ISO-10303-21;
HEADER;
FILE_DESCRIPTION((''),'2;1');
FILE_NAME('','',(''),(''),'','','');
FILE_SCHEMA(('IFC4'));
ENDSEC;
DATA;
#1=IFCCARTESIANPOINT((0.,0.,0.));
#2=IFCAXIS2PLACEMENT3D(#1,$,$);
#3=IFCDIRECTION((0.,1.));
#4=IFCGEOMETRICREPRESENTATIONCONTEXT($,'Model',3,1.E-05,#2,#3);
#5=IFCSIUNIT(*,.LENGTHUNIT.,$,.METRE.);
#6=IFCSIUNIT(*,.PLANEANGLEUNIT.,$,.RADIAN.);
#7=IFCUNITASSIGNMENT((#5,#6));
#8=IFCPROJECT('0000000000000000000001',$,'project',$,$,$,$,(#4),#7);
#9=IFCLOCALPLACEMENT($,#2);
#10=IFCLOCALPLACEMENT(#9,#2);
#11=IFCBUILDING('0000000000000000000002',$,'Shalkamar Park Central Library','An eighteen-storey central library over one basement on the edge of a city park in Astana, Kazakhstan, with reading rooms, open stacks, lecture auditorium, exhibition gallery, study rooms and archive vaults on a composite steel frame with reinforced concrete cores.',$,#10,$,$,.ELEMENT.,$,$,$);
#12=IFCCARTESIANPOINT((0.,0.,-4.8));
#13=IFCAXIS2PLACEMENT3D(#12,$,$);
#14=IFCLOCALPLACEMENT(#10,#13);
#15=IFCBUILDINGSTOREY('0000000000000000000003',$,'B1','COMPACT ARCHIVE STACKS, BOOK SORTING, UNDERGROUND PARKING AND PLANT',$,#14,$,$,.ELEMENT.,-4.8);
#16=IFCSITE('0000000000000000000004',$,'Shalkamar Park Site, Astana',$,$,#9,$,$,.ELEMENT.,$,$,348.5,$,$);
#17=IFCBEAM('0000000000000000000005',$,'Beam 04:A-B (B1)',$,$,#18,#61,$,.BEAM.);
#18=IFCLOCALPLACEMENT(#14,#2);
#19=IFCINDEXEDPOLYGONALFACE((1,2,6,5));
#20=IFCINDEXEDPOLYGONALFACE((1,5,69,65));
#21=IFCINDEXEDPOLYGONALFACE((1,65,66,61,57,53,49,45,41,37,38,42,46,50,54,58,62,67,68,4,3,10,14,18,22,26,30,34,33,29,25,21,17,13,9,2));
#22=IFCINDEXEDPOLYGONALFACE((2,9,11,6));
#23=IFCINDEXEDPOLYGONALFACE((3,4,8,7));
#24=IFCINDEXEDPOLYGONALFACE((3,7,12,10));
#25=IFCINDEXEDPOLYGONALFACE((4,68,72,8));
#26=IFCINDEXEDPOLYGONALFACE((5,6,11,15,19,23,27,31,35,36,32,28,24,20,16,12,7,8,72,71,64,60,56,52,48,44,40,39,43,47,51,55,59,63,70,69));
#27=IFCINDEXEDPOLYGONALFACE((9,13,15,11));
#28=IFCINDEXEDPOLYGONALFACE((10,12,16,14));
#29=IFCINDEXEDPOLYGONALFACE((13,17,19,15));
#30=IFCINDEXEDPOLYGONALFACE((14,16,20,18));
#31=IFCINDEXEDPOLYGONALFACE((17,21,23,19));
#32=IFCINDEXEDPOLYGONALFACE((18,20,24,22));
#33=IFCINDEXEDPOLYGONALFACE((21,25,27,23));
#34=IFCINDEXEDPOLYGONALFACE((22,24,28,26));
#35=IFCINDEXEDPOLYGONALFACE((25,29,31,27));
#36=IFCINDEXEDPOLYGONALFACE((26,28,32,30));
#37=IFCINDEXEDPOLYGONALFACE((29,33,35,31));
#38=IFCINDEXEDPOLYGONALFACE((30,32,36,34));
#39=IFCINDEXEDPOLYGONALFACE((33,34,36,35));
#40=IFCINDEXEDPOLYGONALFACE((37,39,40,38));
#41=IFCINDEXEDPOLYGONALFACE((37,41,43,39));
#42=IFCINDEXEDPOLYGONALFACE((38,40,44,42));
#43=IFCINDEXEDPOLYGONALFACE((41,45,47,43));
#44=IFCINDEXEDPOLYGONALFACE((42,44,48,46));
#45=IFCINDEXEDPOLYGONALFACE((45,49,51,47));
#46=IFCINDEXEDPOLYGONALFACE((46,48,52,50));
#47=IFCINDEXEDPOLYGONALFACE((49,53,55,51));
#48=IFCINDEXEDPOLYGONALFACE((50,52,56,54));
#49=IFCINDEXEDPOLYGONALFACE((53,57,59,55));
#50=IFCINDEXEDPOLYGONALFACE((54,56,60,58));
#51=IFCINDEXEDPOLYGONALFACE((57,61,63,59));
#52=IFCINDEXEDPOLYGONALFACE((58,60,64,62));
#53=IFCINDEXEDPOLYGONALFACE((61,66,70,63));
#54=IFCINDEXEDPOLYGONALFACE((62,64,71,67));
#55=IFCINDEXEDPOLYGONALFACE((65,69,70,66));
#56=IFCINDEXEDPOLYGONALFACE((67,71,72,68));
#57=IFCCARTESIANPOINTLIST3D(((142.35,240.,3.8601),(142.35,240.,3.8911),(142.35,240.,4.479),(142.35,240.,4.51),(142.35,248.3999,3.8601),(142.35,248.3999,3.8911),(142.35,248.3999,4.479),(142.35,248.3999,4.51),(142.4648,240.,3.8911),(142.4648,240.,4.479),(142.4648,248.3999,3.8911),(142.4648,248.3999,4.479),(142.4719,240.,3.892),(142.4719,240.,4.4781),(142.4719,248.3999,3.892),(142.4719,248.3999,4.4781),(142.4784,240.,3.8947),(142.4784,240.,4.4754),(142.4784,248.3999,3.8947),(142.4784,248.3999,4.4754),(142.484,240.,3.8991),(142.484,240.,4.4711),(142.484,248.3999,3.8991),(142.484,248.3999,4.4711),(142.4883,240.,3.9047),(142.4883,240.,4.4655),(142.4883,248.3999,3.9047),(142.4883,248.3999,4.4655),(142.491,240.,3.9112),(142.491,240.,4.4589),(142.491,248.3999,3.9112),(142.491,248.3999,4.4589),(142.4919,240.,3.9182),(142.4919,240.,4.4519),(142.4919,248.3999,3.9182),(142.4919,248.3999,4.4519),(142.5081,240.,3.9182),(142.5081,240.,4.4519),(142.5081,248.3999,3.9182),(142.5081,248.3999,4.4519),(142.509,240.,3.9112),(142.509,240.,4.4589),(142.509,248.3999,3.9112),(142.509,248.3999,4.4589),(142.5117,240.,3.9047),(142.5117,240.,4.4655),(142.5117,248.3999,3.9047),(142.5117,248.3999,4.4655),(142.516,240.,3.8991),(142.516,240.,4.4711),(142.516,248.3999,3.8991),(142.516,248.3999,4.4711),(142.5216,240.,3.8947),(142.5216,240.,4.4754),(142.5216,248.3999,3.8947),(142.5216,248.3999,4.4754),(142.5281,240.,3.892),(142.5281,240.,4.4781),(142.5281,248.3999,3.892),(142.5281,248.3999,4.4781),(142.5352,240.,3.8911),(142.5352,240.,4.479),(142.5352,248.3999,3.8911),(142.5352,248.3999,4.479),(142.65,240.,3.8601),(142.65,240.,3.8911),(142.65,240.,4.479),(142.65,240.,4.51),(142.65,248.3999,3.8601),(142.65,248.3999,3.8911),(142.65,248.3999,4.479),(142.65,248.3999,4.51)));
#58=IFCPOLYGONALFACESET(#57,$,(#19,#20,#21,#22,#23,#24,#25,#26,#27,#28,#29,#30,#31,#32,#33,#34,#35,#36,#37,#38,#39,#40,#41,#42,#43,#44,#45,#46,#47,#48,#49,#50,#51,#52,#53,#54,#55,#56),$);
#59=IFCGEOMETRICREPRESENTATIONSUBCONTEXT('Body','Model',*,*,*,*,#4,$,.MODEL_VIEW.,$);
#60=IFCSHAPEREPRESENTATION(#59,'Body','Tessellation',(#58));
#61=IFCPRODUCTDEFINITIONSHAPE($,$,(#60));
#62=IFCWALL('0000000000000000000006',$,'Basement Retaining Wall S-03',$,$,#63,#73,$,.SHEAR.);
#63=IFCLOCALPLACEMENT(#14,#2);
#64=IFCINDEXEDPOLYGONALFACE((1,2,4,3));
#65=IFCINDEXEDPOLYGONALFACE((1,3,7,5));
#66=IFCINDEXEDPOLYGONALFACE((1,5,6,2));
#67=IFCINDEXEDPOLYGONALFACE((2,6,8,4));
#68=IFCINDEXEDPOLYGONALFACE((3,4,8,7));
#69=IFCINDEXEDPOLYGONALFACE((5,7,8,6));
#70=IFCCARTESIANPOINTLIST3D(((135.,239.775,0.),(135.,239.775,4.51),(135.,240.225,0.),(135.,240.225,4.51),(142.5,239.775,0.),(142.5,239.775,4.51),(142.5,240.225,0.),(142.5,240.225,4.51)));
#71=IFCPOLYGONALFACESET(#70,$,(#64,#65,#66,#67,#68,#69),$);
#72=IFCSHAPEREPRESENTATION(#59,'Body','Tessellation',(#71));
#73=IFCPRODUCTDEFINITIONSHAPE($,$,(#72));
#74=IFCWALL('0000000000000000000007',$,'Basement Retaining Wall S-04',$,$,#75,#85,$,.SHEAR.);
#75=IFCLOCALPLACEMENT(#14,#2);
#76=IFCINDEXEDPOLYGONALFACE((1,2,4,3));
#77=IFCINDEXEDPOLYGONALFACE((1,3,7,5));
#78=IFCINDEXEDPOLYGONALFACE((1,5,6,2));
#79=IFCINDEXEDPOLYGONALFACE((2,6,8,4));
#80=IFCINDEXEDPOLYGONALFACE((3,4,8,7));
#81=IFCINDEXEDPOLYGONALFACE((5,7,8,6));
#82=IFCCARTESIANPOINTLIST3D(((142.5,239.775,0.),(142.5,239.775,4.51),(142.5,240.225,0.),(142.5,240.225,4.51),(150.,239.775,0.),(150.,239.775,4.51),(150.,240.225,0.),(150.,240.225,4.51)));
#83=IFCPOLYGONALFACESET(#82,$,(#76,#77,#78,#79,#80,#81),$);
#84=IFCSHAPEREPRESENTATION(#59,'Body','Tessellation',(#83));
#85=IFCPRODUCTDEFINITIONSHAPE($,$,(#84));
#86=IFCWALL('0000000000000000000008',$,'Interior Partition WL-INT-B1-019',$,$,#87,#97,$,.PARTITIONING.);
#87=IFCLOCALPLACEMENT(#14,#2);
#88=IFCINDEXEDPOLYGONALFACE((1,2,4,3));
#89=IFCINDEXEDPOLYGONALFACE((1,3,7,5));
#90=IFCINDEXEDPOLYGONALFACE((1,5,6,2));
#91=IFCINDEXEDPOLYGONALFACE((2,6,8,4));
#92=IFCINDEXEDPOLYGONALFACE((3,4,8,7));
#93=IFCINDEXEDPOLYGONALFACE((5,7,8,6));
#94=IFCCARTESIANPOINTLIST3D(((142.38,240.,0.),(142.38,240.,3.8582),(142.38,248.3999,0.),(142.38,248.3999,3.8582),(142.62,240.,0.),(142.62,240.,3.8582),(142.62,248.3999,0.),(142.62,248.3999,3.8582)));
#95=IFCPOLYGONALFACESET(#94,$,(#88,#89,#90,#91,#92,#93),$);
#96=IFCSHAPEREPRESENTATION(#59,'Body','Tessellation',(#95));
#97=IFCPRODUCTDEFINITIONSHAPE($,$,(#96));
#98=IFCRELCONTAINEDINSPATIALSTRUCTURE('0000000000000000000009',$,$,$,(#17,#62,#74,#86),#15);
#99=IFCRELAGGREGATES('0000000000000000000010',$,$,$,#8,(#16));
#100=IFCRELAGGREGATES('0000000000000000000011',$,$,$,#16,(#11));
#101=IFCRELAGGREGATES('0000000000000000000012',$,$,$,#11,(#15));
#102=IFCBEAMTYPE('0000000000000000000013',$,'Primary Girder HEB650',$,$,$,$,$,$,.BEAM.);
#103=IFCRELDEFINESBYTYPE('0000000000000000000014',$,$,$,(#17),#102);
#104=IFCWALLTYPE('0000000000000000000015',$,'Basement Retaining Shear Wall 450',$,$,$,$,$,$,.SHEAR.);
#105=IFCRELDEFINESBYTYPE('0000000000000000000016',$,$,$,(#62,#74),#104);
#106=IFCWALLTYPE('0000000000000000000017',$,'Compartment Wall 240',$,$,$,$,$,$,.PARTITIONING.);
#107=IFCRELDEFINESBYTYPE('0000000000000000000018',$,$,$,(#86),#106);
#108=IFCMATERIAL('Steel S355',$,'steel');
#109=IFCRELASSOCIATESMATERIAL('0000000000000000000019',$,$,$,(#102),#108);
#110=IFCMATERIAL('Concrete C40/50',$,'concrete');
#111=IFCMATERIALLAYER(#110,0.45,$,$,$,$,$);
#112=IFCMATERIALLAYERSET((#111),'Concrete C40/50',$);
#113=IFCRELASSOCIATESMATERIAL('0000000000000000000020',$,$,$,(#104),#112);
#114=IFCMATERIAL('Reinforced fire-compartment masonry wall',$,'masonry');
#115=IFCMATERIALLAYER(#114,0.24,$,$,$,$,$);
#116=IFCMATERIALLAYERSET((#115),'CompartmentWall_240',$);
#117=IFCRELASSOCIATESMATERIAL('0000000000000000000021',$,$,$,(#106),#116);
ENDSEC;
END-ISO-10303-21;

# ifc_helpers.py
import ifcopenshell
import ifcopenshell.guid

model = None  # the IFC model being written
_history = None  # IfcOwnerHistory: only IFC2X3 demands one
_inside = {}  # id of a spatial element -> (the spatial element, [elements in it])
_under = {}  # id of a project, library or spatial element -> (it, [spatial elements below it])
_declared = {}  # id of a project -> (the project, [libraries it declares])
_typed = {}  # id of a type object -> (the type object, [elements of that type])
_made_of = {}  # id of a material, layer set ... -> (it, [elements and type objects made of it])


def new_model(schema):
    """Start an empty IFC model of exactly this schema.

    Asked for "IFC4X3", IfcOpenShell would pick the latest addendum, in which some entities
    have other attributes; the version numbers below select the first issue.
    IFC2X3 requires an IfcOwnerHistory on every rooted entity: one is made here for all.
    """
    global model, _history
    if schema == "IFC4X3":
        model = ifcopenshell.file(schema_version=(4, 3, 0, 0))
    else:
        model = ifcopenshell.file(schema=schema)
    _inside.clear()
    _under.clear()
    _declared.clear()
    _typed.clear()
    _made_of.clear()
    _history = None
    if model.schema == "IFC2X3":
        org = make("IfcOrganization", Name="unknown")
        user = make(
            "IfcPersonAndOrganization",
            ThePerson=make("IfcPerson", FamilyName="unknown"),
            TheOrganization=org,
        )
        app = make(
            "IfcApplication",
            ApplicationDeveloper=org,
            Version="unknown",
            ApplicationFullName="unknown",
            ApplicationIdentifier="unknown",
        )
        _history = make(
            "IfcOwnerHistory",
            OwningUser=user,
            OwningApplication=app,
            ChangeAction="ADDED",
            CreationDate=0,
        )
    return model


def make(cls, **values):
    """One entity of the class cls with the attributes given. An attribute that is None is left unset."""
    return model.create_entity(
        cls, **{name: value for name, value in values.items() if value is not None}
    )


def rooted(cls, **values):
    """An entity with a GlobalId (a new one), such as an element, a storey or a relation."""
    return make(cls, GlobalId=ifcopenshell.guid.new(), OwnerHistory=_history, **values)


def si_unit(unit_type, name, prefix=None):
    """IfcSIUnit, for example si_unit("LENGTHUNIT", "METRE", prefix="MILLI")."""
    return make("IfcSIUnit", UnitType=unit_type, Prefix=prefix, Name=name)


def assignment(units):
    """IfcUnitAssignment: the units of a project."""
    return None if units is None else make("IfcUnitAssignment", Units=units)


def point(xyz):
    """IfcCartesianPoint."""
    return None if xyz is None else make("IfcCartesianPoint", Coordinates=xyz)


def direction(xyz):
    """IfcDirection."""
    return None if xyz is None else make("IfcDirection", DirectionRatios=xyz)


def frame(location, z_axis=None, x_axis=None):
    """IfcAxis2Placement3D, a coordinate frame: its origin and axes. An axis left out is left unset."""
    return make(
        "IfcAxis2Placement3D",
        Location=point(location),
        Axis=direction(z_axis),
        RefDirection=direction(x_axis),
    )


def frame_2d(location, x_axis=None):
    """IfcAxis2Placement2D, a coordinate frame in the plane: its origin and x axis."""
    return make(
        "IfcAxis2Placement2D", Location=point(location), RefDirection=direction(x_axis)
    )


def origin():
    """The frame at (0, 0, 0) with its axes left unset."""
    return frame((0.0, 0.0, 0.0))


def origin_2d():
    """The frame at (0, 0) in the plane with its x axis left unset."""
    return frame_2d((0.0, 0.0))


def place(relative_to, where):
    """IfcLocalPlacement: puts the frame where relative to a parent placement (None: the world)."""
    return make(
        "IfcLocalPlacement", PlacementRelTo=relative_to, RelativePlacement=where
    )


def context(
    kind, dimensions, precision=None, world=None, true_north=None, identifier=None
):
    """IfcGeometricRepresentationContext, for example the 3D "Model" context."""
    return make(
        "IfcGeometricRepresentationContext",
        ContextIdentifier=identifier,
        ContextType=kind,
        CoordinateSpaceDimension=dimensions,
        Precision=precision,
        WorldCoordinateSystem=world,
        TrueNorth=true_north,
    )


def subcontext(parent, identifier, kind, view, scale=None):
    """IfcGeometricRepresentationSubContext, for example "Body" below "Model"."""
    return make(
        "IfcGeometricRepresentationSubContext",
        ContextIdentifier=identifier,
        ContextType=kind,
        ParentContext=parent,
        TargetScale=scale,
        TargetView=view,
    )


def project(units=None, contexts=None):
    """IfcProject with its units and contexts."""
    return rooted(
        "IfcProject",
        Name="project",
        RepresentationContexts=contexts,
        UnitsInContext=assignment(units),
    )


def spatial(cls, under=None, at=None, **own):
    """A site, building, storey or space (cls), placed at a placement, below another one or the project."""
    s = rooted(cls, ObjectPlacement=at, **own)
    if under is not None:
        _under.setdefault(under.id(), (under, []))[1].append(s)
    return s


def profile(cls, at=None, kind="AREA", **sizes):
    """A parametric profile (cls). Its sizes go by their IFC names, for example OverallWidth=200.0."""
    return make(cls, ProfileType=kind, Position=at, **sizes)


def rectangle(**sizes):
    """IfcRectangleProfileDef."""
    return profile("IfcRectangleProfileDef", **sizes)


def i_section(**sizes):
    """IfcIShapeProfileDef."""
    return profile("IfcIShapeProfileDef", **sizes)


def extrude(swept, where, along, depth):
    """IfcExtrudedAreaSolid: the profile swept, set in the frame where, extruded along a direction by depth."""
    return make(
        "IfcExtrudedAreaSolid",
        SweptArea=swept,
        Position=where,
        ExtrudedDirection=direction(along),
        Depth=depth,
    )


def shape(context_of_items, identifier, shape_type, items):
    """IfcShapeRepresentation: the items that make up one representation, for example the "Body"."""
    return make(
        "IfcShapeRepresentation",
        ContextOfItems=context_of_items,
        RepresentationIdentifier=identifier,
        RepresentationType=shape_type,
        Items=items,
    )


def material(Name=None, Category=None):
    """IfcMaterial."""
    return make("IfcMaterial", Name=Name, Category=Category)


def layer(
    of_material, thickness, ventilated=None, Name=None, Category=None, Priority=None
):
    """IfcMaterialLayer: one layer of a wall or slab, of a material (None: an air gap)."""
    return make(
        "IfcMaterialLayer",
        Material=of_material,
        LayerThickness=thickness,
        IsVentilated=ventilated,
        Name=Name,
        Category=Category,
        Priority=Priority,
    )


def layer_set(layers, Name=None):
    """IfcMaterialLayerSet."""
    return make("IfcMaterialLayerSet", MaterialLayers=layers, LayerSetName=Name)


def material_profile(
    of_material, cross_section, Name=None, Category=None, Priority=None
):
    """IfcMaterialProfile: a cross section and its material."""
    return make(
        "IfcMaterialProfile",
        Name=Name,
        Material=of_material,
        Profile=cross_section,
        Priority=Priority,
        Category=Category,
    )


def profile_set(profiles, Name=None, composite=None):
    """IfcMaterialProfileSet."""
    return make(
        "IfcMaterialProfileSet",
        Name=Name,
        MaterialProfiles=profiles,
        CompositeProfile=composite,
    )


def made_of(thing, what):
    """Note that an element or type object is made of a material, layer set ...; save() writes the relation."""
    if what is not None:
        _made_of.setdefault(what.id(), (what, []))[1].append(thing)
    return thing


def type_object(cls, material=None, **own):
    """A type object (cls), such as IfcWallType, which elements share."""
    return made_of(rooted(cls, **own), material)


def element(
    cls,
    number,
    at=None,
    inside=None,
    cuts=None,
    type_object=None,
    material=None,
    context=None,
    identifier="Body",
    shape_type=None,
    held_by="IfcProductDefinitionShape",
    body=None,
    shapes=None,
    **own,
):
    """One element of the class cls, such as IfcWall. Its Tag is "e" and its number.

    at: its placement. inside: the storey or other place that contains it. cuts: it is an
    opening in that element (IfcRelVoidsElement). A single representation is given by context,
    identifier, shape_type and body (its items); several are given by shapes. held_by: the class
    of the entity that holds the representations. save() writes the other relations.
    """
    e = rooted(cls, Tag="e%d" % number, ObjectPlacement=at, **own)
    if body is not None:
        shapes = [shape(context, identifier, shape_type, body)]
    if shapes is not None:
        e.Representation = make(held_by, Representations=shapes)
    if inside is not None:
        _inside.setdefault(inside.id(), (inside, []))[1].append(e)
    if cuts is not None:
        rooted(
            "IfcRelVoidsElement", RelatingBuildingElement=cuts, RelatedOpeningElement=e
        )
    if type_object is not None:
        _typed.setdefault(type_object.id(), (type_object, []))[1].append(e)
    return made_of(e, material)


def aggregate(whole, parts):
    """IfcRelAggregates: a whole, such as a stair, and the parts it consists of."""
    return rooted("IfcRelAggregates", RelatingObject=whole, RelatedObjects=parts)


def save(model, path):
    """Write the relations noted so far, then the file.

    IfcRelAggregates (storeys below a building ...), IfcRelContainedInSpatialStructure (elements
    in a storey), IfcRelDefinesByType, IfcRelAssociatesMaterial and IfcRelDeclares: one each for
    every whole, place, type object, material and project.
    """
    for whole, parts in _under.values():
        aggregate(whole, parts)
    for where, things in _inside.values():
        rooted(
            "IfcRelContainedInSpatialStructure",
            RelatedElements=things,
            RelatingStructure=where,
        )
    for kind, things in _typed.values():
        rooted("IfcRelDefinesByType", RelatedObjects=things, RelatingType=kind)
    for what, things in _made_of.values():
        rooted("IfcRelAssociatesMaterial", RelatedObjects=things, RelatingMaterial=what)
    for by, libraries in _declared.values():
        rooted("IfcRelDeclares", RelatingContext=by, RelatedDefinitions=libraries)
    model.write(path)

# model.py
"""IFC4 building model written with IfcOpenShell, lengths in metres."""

from ifc_helpers import new_model, si_unit, direction, frame, frame_2d, origin, origin_2d, place, context, subcontext, project, spatial, rectangle, i_section, extrude, material, layer, layer_set, material_profile, profile_set, type_object, element, save


model = new_model("IFC4")

# Units and contexts
model_context = context("Model", 3, precision=1e-05, world=origin(), true_north=direction((0.0, 1.0)))
body_context = subcontext(model_context, "Body", "Model", "MODEL_VIEW")
ifc_project = project(units=[si_unit("LENGTHUNIT", "METRE"), si_unit("PLANEANGLEUNIT", "RADIAN")], contexts=[model_context])

# Site, building, storey
site_placement = place(None, origin())
site = spatial("IfcSite", under=ifc_project, at=site_placement, Name="Shalkamar Park Site, Astana", CompositionType="ELEMENT", RefElevation=348.5)
building_placement = place(site_placement, origin())
building = spatial("IfcBuilding", under=site, at=building_placement, Name="Shalkamar Park Central Library", Description="An eighteen-storey central library over one basement on the edge of a city park in Astana, Kazakhstan, with reading rooms, open stacks, lecture auditorium, exhibition gallery, study rooms and archive vaults on a composite steel frame with reinforced concrete cores.", CompositionType="ELEMENT")
storey_placement = place(building_placement, frame((0.0, 0.0, -4.8)))
storey = spatial("IfcBuildingStorey", under=building, at=storey_placement, Name="B1", Description="COMPACT ARCHIVE STACKS, BOOK SORTING, UNDERGROUND PARKING AND PLANT", CompositionType="ELEMENT", Elevation=-4.8)

# Shared definitions
ifc_material_1 = material(Name="Concrete C40/50", Category="concrete")

# Beam
ifc_material_2 = material(Name="Steel S355", Category="steel")
ifc_material_profile_1 = material_profile(ifc_material_2, i_section(OverallWidth=0.3, OverallDepth=0.6499, WebThickness=0.0161, FlangeThickness=0.031, FilletRadius=0.0271, at=origin_2d()), Name="HEB 650")
ifc_profile_set_1 = profile_set([ifc_material_profile_1], Name="Steel S355")
beam_type_1 = type_object("IfcBeamType", Name="Primary Girder HEB650", PredefinedType="BEAM", material=ifc_profile_set_1)
for number, where, z_axis, x_axis, name in (
    (1, (142.5, 240.0, 4.1851), (0.0, 1.0, 0.0), (-1.0, 0.0, 0.0), "Beam 04:A-B (B1)"),
):
    element("IfcBeam", number, at=place(storey_placement, frame(where, z_axis=z_axis, x_axis=x_axis)), inside=storey, type_object=beam_type_1, Name=name, PredefinedType="BEAM", context=body_context, shape_type="SweptSolid", body=[
        extrude(i_section(OverallWidth=0.3, OverallDepth=0.6499, WebThickness=0.0161, FlangeThickness=0.031, FilletRadius=0.0271, at=origin_2d()), origin(), (0.0, 0.0, 1.0), 8.3999),
    ])

# Walls
ifc_layer_1 = layer(ifc_material_1, 0.45)
ifc_layer_set_1 = layer_set([ifc_layer_1], Name="Concrete C40/50")
wall_type_1 = type_object("IfcWallType", Name="Basement Retaining Shear Wall 450", PredefinedType="SHEAR", material=ifc_layer_set_1)
for number, where, z_axis, x_axis, name in (
    (2, (135.0, 240.0, 0.0), (0.0, 0.0, 1.0), (1.0, 0.0, 0.0), "Basement Retaining Wall S-03"),
    (3, (142.5, 240.0, 0.0), (0.0, 0.0, 1.0), (1.0, 0.0, 0.0), "Basement Retaining Wall S-04"),
):
    element("IfcWall", number, at=place(storey_placement, frame(where, z_axis=z_axis, x_axis=x_axis)), inside=storey, type_object=wall_type_1, Name=name, PredefinedType="SHEAR", context=body_context, shape_type="SweptSolid", body=[
        extrude(rectangle(XDim=7.5, YDim=0.45, at=frame_2d((3.75, 0.0))), origin(), (0.0, 0.0, 1.0), 4.51),
    ])
ifc_material_3 = material(Name="Reinforced fire-compartment masonry wall", Category="masonry")
ifc_layer_2 = layer(ifc_material_3, 0.24)
ifc_layer_set_2 = layer_set([ifc_layer_2], Name="CompartmentWall_240")
wall_type_2 = type_object("IfcWallType", Name="Compartment Wall 240", PredefinedType="PARTITIONING", material=ifc_layer_set_2)
wall_placement = place(storey_placement, frame((142.5, 240.0, 0.0), z_axis=(0.0, 0.0, 1.0), x_axis=(0.0, 1.0, 0.0)))
element("IfcWall", 4, at=wall_placement, inside=storey, type_object=wall_type_2, Name="Interior Partition WL-INT-B1-019", PredefinedType="PARTITIONING", context=body_context, shape_type="SweptSolid", body=[
    extrude(rectangle(XDim=8.3999, YDim=0.24, at=frame_2d((4.2, 0.0))), origin(), (0.0, 0.0, 1.0), 3.8582),
])

save(model, "model.ifc")
